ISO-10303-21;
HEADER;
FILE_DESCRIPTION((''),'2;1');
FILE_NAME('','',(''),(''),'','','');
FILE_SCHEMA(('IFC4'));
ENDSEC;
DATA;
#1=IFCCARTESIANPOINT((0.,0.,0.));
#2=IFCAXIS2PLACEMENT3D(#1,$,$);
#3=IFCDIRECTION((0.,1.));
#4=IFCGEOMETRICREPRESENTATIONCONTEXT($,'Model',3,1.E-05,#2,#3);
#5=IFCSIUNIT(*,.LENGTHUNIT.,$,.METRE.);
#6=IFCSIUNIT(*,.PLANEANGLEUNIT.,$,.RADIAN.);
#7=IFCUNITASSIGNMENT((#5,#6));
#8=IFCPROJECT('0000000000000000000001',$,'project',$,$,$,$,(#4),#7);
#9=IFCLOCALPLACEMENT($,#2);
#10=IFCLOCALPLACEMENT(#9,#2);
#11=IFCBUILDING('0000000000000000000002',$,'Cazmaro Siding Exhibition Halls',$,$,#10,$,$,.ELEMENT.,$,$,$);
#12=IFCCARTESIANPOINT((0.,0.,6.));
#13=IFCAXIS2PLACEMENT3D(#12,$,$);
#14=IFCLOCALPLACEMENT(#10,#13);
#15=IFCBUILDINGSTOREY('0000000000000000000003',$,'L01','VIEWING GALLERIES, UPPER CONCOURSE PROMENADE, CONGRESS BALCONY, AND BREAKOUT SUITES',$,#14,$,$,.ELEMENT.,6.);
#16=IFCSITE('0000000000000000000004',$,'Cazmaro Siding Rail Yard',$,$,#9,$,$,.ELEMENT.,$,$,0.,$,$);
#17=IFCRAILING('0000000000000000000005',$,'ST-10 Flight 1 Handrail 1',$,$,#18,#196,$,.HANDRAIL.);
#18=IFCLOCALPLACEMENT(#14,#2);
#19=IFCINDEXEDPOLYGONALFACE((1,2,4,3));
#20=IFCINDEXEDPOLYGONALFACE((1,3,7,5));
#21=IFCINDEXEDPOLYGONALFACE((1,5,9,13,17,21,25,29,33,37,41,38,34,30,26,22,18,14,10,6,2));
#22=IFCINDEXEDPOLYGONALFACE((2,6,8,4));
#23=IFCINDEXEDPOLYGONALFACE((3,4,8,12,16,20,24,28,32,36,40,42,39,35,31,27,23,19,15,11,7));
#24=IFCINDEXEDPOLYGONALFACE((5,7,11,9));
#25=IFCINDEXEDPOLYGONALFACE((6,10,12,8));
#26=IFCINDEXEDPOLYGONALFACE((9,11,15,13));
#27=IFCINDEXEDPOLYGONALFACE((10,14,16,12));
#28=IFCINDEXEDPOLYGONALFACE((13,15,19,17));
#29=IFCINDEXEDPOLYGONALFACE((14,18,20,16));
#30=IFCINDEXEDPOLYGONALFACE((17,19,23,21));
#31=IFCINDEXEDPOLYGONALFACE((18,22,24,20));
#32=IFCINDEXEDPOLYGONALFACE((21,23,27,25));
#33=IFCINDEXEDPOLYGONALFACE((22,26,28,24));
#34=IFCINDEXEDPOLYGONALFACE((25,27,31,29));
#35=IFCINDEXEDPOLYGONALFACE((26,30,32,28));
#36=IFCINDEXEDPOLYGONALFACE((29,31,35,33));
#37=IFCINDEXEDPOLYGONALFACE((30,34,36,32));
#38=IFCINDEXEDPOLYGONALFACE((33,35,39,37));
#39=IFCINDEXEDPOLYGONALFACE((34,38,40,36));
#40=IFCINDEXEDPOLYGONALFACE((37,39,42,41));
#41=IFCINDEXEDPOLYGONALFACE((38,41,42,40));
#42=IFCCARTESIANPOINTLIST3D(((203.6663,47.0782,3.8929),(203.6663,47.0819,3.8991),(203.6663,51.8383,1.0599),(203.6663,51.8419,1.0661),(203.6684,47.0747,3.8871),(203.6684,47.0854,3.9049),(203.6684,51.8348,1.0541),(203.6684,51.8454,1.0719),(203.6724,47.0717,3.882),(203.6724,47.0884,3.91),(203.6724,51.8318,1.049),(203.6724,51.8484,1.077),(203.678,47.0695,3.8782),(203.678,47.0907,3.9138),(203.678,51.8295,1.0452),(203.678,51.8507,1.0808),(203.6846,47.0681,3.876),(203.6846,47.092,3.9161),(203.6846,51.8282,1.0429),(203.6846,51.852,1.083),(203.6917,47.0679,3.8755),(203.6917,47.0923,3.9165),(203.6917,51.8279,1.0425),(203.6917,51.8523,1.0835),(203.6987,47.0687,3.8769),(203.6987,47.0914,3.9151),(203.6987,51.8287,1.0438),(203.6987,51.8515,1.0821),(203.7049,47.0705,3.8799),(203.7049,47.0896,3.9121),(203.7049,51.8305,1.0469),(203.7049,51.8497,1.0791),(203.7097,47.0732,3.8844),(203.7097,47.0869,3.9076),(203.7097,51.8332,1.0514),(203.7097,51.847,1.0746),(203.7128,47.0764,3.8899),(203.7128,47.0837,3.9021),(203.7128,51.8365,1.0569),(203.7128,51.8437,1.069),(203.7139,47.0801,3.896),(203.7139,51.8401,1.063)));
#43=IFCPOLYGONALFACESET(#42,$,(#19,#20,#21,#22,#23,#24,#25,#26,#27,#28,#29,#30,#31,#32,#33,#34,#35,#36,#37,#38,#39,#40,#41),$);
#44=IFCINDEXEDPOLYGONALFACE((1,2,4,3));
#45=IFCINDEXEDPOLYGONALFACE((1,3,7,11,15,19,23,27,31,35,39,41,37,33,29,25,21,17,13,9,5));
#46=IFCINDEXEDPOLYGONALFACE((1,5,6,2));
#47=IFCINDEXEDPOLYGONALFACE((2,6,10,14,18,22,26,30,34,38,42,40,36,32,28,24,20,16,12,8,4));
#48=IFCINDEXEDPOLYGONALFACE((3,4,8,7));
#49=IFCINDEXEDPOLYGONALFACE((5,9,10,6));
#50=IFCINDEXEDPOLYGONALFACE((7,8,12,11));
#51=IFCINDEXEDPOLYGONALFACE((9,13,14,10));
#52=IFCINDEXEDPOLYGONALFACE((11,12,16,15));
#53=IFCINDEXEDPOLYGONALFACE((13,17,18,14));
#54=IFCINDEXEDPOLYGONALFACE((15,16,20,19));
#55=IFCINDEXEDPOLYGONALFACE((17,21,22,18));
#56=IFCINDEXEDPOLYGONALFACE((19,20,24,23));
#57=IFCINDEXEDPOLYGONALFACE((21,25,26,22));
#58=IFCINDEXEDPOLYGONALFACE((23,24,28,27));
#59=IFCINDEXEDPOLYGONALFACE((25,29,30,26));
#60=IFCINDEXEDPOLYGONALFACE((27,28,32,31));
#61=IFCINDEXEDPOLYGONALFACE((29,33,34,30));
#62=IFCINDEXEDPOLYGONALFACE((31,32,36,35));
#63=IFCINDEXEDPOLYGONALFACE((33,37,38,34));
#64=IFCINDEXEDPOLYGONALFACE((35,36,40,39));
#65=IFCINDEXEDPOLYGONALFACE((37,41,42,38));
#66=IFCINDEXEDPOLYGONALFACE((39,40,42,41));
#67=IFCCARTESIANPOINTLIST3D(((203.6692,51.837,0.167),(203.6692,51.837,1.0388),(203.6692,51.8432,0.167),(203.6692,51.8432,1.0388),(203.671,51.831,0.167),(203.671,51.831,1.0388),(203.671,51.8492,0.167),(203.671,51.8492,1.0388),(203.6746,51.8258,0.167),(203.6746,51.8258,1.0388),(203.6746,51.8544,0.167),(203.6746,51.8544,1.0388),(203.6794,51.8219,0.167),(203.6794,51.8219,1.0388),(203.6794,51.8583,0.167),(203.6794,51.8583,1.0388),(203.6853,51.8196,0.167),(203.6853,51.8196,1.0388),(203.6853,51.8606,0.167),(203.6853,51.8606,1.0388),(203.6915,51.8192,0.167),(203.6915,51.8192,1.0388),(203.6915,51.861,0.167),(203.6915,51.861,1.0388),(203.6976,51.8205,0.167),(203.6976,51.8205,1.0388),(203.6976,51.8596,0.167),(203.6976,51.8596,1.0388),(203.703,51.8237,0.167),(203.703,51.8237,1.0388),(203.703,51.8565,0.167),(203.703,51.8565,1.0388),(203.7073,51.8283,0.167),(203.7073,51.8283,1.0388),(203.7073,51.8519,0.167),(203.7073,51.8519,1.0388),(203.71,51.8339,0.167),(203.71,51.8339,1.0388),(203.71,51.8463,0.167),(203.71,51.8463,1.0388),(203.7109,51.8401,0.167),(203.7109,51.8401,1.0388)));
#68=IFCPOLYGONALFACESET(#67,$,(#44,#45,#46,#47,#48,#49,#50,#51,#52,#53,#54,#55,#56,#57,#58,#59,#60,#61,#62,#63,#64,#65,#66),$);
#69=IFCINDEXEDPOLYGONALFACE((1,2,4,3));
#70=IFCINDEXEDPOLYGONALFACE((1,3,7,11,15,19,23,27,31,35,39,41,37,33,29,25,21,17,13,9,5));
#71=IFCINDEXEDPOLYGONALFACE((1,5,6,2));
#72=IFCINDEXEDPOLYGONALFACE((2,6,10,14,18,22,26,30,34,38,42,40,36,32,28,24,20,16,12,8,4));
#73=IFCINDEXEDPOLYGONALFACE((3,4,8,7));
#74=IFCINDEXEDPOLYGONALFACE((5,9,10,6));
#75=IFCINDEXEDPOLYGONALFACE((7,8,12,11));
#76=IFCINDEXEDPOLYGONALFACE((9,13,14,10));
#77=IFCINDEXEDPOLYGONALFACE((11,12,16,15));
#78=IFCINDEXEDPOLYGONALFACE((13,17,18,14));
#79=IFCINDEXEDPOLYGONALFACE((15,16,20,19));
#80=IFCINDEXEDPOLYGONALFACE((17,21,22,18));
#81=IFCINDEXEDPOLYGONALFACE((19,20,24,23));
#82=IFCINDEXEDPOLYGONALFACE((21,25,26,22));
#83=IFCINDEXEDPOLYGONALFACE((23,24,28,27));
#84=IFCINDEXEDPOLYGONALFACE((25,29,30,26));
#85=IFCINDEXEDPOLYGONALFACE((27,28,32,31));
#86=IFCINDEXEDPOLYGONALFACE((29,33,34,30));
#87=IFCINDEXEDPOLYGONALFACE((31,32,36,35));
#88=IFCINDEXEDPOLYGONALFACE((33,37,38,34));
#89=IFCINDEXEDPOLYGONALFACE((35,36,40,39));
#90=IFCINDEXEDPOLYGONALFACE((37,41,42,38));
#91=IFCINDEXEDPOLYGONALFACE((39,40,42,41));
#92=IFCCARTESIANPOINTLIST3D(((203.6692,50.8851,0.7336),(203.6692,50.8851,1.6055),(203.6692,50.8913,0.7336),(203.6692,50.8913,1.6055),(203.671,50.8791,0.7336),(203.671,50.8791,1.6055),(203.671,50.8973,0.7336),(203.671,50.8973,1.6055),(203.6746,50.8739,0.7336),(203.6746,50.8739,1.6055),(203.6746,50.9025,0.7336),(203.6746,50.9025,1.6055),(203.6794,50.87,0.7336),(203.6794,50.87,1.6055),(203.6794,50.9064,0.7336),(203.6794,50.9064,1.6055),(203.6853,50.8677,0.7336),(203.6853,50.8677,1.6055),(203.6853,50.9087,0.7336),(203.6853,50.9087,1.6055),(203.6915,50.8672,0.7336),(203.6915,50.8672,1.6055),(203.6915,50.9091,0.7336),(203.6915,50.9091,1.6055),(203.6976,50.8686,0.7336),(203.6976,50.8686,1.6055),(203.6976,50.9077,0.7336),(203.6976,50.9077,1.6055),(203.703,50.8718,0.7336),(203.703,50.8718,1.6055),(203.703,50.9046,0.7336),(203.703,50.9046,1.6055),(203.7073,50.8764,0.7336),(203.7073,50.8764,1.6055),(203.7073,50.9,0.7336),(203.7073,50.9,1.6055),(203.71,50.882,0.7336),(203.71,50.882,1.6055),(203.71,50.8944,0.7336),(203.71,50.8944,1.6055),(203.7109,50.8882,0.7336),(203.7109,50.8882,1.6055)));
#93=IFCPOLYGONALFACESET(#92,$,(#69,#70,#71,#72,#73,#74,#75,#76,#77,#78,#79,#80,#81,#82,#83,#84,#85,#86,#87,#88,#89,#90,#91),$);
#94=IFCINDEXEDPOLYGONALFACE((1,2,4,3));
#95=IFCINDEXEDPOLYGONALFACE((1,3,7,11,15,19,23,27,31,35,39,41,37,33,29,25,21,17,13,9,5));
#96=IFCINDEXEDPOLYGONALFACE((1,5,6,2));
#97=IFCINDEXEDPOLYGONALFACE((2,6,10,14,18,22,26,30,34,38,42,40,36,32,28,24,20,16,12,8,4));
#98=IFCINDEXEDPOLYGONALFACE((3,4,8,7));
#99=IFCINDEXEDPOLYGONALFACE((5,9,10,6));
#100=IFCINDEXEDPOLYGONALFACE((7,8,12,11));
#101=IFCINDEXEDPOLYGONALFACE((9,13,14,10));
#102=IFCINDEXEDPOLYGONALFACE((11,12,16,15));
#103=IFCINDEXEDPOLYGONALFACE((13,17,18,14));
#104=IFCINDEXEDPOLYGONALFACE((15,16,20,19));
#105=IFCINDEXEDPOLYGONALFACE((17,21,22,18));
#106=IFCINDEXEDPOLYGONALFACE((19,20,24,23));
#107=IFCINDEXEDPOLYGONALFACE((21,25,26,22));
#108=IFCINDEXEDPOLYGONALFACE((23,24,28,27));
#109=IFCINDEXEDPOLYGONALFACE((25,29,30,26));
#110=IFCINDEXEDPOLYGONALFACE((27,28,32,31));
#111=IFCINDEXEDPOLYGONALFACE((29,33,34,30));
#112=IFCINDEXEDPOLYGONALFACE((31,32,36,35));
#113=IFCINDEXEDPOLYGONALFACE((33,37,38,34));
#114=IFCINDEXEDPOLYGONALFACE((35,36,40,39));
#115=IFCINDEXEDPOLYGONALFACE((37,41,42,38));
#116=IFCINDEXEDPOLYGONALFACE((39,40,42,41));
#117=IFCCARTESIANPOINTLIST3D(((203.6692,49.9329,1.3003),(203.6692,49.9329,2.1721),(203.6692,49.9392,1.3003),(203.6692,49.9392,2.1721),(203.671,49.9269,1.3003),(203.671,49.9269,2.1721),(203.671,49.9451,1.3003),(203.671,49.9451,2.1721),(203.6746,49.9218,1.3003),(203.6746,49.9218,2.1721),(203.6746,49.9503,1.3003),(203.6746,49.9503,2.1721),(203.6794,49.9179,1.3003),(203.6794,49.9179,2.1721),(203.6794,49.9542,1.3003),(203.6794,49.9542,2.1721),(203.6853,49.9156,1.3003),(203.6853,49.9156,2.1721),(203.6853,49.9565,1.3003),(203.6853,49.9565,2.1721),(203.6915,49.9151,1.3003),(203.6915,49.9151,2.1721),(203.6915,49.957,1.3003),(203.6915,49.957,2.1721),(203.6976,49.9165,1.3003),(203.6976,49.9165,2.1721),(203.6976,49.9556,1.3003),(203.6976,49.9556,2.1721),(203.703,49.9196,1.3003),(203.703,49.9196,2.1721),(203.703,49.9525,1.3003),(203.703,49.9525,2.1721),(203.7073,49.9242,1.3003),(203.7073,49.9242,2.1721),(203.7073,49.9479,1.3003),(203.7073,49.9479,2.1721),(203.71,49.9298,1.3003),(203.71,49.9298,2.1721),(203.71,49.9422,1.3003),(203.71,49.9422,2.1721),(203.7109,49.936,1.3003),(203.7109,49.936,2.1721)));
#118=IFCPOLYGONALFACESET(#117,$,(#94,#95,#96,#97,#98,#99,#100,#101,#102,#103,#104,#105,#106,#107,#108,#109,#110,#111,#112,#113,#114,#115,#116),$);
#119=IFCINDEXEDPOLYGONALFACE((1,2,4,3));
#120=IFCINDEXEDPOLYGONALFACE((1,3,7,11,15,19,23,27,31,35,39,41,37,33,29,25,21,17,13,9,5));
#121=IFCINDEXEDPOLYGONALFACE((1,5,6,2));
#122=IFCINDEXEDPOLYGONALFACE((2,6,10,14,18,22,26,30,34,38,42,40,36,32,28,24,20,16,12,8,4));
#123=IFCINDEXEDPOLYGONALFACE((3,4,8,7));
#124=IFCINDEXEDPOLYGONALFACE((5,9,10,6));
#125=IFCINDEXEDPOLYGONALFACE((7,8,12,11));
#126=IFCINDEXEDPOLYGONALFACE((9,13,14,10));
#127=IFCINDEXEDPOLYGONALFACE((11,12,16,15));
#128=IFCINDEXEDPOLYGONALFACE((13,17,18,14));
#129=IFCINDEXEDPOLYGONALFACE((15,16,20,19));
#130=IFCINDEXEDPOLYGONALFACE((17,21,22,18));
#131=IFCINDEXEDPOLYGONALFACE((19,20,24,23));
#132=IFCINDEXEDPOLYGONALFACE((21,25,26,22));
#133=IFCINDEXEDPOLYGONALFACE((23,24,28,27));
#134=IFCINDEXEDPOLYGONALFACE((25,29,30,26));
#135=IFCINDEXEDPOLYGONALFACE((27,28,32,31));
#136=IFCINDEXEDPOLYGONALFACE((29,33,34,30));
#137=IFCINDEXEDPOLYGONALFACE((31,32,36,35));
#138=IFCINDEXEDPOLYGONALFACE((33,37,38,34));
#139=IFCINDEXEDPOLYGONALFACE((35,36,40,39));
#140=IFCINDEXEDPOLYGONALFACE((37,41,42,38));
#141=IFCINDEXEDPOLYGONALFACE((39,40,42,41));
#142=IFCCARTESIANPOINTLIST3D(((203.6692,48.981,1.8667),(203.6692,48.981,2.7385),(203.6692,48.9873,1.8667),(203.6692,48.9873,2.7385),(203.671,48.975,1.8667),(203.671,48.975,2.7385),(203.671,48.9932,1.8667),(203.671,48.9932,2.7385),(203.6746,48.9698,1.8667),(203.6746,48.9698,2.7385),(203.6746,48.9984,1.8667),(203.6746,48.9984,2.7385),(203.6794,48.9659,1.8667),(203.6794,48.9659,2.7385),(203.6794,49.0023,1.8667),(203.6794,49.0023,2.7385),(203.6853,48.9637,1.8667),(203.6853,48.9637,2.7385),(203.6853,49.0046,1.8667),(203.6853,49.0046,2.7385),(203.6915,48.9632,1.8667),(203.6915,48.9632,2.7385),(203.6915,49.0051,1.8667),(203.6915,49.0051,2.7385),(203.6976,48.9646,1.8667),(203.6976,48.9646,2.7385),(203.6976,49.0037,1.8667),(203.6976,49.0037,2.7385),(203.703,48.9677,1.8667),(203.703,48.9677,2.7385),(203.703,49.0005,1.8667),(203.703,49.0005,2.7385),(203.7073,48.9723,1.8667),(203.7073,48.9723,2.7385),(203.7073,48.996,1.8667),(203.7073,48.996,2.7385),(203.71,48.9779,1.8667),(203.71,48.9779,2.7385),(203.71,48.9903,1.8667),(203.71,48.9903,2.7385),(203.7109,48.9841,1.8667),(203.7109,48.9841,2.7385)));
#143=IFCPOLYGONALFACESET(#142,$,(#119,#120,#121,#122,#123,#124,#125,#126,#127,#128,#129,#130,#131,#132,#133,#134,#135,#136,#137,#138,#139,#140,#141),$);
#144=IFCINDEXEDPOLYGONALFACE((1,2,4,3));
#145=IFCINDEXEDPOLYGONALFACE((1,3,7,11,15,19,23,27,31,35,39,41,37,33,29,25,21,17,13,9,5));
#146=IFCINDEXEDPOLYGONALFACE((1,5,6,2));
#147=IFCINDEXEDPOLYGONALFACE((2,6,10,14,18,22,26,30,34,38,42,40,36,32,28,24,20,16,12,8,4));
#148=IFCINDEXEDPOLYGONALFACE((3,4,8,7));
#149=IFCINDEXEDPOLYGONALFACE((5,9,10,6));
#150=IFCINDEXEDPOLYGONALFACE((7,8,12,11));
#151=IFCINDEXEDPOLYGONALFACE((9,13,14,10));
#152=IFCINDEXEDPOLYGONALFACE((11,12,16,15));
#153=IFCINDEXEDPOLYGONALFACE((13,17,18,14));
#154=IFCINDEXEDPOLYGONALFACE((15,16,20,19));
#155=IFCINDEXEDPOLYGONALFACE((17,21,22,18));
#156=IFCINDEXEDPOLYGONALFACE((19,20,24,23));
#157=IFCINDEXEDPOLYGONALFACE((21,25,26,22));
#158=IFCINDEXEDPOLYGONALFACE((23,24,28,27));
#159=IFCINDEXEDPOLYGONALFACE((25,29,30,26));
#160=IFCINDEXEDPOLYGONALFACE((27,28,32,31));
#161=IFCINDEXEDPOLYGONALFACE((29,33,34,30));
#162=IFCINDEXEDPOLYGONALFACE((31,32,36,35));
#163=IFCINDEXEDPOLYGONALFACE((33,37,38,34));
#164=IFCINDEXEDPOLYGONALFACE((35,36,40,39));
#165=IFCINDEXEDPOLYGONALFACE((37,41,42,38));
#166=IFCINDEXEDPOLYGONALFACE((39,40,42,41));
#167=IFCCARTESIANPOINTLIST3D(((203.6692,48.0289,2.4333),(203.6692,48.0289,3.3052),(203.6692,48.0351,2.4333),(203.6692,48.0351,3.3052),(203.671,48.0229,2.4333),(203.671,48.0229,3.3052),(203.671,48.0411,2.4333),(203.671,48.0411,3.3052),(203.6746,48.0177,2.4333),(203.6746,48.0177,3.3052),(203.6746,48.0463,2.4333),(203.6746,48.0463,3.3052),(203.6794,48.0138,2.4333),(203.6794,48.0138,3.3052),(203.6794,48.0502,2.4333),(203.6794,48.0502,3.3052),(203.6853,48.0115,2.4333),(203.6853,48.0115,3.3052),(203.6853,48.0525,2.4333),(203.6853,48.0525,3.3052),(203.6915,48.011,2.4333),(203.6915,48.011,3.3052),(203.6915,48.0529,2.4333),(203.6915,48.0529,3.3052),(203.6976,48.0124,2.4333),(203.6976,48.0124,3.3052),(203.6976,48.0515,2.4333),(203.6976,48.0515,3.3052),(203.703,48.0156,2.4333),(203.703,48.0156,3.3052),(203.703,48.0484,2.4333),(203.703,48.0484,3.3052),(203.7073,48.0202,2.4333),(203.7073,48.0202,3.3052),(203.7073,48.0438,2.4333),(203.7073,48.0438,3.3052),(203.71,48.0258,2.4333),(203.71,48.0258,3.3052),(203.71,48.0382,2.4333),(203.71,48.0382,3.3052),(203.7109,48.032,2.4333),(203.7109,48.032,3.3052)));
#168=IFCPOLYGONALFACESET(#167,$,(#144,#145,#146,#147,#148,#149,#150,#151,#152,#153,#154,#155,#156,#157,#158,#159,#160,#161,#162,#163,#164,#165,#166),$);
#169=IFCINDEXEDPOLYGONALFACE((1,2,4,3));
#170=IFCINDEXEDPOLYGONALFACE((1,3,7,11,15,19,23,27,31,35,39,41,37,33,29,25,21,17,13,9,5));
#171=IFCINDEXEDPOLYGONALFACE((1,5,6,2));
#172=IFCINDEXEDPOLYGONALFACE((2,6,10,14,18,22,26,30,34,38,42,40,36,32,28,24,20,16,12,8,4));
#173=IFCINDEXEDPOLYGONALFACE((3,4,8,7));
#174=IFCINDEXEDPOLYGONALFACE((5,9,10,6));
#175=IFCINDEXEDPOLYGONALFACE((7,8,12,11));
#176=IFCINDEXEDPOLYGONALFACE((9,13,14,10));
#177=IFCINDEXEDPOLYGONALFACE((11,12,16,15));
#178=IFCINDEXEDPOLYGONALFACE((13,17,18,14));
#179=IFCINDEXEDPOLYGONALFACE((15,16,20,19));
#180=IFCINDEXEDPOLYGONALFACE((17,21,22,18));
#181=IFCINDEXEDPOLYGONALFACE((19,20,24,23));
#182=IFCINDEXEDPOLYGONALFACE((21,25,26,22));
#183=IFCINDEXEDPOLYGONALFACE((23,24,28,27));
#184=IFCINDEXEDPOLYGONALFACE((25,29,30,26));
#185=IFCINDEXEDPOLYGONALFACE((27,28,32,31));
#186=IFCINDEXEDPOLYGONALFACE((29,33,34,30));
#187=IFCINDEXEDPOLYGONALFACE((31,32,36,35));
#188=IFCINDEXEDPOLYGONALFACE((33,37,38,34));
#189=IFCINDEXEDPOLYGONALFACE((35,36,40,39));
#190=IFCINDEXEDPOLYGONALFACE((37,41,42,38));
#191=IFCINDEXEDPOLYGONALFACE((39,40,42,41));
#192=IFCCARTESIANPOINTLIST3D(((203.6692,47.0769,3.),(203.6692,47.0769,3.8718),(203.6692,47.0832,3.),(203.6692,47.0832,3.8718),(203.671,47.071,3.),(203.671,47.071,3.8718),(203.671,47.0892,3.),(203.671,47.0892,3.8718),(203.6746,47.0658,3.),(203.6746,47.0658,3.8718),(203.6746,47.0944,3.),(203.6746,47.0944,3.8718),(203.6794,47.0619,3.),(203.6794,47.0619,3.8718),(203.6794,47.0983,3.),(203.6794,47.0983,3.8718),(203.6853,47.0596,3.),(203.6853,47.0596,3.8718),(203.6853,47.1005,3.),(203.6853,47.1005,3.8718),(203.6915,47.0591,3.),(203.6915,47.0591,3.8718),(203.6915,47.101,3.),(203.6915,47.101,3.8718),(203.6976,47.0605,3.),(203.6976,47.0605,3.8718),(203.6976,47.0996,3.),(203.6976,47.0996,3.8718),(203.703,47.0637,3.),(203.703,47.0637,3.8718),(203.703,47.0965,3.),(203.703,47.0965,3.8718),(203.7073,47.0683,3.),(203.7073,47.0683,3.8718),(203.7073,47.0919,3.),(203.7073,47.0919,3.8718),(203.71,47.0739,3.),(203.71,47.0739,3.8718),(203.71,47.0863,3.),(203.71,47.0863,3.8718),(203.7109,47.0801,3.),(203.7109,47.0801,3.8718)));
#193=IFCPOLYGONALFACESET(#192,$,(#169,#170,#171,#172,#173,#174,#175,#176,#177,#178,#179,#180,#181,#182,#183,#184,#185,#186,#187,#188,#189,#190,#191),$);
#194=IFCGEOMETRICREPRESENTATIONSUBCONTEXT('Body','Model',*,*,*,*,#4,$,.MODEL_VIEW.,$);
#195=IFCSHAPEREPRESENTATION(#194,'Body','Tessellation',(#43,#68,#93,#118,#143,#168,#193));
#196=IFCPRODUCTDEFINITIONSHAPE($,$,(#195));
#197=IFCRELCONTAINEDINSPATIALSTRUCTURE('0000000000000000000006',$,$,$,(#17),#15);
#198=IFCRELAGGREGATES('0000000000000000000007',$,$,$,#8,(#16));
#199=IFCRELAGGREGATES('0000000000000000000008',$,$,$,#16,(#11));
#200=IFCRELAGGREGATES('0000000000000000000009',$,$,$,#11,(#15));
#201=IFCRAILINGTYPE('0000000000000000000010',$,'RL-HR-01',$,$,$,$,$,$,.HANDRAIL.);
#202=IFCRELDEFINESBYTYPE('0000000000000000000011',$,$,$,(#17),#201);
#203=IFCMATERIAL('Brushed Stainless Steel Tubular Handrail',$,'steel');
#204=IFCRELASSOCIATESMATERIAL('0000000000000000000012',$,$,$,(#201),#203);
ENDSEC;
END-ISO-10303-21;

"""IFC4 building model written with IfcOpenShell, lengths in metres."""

from ifc_helpers import new_model, si_unit, direction, frame, origin, origin_2d, place, context, subcontext, project, spatial, circle, extrude, material, type_object, element, save


model = new_model("IFC4")

# Units and contexts
model_context = context("Model", 3, precision=1e-05, world=origin(), true_north=direction((0.0, 1.0)))
body_context = subcontext(model_context, "Body", "Model", "MODEL_VIEW")
ifc_project = project(units=[si_unit("LENGTHUNIT", "METRE"), si_unit("PLANEANGLEUNIT", "RADIAN")], contexts=[model_context])

# Site, building, storey
site_placement = place(None, origin())
site = spatial("IfcSite", under=ifc_project, at=site_placement, Name="Cazmaro Siding Rail Yard", CompositionType="ELEMENT", RefElevation=0.0)
building_placement = place(site_placement, origin())
building = spatial("IfcBuilding", under=site, at=building_placement, Name="Cazmaro Siding Exhibition Halls", CompositionType="ELEMENT")
storey_placement = place(building_placement, frame((0.0, 0.0, 6.0)))
storey = spatial("IfcBuildingStorey", under=building, at=storey_placement, Name="L01", Description="VIEWING GALLERIES, UPPER CONCOURSE PROMENADE, CONGRESS BALCONY, AND BREAKOUT SUITES", CompositionType="ELEMENT", Elevation=6.0)

# Railing
ifc_material_1 = material(Name="Brushed Stainless Steel Tubular Handrail", Category="steel")
railing_type_1 = type_object("IfcRailingType", Name="RL-HR-01", PredefinedType="HANDRAIL", material=ifc_material_1)
railing_1_placement = place(storey_placement, frame((203.6899, 51.8401, 0.167)))
element("IfcRailing", 1, at=railing_1_placement, inside=storey, type_object=railing_type_1, Name="ST-10 Flight 1 Handrail 1", PredefinedType="HANDRAIL", context=body_context, shape_type="SweptSolid", body=[
    extrude(circle(Radius=0.0239, at=origin_2d()), frame((0.0, 0.0, 0.896), z_axis=(0.0, -0.859319, 0.51144), x_axis=(1.0, 0.0, 0.0)), (0.0, 0.0, 1.0), 5.5393),
    extrude(circle(Radius=0.021, at=origin_2d()), origin(), (0.0, 0.0, 1.0), 0.8718),
    extrude(circle(Radius=0.021, at=origin_2d()), frame((0.0, -0.9519, 0.5667)), (0.0, 0.0, 1.0), 0.8718),
    extrude(circle(Radius=0.021, at=origin_2d()), frame((0.0, -1.9041, 1.1333)), (0.0, 0.0, 1.0), 0.8718),
    extrude(circle(Radius=0.021, at=origin_2d()), frame((0.0, -2.856, 1.6997)), (0.0, 0.0, 1.0), 0.8718),
    extrude(circle(Radius=0.021, at=origin_2d()), frame((0.0, -3.8081, 2.2664)), (0.0, 0.0, 1.0), 0.8718),
    extrude(circle(Radius=0.021, at=origin_2d()), frame((0.0, -4.76, 2.833)), (0.0, 0.0, 1.0), 0.8718),
])

save(model, "model.ifc")
